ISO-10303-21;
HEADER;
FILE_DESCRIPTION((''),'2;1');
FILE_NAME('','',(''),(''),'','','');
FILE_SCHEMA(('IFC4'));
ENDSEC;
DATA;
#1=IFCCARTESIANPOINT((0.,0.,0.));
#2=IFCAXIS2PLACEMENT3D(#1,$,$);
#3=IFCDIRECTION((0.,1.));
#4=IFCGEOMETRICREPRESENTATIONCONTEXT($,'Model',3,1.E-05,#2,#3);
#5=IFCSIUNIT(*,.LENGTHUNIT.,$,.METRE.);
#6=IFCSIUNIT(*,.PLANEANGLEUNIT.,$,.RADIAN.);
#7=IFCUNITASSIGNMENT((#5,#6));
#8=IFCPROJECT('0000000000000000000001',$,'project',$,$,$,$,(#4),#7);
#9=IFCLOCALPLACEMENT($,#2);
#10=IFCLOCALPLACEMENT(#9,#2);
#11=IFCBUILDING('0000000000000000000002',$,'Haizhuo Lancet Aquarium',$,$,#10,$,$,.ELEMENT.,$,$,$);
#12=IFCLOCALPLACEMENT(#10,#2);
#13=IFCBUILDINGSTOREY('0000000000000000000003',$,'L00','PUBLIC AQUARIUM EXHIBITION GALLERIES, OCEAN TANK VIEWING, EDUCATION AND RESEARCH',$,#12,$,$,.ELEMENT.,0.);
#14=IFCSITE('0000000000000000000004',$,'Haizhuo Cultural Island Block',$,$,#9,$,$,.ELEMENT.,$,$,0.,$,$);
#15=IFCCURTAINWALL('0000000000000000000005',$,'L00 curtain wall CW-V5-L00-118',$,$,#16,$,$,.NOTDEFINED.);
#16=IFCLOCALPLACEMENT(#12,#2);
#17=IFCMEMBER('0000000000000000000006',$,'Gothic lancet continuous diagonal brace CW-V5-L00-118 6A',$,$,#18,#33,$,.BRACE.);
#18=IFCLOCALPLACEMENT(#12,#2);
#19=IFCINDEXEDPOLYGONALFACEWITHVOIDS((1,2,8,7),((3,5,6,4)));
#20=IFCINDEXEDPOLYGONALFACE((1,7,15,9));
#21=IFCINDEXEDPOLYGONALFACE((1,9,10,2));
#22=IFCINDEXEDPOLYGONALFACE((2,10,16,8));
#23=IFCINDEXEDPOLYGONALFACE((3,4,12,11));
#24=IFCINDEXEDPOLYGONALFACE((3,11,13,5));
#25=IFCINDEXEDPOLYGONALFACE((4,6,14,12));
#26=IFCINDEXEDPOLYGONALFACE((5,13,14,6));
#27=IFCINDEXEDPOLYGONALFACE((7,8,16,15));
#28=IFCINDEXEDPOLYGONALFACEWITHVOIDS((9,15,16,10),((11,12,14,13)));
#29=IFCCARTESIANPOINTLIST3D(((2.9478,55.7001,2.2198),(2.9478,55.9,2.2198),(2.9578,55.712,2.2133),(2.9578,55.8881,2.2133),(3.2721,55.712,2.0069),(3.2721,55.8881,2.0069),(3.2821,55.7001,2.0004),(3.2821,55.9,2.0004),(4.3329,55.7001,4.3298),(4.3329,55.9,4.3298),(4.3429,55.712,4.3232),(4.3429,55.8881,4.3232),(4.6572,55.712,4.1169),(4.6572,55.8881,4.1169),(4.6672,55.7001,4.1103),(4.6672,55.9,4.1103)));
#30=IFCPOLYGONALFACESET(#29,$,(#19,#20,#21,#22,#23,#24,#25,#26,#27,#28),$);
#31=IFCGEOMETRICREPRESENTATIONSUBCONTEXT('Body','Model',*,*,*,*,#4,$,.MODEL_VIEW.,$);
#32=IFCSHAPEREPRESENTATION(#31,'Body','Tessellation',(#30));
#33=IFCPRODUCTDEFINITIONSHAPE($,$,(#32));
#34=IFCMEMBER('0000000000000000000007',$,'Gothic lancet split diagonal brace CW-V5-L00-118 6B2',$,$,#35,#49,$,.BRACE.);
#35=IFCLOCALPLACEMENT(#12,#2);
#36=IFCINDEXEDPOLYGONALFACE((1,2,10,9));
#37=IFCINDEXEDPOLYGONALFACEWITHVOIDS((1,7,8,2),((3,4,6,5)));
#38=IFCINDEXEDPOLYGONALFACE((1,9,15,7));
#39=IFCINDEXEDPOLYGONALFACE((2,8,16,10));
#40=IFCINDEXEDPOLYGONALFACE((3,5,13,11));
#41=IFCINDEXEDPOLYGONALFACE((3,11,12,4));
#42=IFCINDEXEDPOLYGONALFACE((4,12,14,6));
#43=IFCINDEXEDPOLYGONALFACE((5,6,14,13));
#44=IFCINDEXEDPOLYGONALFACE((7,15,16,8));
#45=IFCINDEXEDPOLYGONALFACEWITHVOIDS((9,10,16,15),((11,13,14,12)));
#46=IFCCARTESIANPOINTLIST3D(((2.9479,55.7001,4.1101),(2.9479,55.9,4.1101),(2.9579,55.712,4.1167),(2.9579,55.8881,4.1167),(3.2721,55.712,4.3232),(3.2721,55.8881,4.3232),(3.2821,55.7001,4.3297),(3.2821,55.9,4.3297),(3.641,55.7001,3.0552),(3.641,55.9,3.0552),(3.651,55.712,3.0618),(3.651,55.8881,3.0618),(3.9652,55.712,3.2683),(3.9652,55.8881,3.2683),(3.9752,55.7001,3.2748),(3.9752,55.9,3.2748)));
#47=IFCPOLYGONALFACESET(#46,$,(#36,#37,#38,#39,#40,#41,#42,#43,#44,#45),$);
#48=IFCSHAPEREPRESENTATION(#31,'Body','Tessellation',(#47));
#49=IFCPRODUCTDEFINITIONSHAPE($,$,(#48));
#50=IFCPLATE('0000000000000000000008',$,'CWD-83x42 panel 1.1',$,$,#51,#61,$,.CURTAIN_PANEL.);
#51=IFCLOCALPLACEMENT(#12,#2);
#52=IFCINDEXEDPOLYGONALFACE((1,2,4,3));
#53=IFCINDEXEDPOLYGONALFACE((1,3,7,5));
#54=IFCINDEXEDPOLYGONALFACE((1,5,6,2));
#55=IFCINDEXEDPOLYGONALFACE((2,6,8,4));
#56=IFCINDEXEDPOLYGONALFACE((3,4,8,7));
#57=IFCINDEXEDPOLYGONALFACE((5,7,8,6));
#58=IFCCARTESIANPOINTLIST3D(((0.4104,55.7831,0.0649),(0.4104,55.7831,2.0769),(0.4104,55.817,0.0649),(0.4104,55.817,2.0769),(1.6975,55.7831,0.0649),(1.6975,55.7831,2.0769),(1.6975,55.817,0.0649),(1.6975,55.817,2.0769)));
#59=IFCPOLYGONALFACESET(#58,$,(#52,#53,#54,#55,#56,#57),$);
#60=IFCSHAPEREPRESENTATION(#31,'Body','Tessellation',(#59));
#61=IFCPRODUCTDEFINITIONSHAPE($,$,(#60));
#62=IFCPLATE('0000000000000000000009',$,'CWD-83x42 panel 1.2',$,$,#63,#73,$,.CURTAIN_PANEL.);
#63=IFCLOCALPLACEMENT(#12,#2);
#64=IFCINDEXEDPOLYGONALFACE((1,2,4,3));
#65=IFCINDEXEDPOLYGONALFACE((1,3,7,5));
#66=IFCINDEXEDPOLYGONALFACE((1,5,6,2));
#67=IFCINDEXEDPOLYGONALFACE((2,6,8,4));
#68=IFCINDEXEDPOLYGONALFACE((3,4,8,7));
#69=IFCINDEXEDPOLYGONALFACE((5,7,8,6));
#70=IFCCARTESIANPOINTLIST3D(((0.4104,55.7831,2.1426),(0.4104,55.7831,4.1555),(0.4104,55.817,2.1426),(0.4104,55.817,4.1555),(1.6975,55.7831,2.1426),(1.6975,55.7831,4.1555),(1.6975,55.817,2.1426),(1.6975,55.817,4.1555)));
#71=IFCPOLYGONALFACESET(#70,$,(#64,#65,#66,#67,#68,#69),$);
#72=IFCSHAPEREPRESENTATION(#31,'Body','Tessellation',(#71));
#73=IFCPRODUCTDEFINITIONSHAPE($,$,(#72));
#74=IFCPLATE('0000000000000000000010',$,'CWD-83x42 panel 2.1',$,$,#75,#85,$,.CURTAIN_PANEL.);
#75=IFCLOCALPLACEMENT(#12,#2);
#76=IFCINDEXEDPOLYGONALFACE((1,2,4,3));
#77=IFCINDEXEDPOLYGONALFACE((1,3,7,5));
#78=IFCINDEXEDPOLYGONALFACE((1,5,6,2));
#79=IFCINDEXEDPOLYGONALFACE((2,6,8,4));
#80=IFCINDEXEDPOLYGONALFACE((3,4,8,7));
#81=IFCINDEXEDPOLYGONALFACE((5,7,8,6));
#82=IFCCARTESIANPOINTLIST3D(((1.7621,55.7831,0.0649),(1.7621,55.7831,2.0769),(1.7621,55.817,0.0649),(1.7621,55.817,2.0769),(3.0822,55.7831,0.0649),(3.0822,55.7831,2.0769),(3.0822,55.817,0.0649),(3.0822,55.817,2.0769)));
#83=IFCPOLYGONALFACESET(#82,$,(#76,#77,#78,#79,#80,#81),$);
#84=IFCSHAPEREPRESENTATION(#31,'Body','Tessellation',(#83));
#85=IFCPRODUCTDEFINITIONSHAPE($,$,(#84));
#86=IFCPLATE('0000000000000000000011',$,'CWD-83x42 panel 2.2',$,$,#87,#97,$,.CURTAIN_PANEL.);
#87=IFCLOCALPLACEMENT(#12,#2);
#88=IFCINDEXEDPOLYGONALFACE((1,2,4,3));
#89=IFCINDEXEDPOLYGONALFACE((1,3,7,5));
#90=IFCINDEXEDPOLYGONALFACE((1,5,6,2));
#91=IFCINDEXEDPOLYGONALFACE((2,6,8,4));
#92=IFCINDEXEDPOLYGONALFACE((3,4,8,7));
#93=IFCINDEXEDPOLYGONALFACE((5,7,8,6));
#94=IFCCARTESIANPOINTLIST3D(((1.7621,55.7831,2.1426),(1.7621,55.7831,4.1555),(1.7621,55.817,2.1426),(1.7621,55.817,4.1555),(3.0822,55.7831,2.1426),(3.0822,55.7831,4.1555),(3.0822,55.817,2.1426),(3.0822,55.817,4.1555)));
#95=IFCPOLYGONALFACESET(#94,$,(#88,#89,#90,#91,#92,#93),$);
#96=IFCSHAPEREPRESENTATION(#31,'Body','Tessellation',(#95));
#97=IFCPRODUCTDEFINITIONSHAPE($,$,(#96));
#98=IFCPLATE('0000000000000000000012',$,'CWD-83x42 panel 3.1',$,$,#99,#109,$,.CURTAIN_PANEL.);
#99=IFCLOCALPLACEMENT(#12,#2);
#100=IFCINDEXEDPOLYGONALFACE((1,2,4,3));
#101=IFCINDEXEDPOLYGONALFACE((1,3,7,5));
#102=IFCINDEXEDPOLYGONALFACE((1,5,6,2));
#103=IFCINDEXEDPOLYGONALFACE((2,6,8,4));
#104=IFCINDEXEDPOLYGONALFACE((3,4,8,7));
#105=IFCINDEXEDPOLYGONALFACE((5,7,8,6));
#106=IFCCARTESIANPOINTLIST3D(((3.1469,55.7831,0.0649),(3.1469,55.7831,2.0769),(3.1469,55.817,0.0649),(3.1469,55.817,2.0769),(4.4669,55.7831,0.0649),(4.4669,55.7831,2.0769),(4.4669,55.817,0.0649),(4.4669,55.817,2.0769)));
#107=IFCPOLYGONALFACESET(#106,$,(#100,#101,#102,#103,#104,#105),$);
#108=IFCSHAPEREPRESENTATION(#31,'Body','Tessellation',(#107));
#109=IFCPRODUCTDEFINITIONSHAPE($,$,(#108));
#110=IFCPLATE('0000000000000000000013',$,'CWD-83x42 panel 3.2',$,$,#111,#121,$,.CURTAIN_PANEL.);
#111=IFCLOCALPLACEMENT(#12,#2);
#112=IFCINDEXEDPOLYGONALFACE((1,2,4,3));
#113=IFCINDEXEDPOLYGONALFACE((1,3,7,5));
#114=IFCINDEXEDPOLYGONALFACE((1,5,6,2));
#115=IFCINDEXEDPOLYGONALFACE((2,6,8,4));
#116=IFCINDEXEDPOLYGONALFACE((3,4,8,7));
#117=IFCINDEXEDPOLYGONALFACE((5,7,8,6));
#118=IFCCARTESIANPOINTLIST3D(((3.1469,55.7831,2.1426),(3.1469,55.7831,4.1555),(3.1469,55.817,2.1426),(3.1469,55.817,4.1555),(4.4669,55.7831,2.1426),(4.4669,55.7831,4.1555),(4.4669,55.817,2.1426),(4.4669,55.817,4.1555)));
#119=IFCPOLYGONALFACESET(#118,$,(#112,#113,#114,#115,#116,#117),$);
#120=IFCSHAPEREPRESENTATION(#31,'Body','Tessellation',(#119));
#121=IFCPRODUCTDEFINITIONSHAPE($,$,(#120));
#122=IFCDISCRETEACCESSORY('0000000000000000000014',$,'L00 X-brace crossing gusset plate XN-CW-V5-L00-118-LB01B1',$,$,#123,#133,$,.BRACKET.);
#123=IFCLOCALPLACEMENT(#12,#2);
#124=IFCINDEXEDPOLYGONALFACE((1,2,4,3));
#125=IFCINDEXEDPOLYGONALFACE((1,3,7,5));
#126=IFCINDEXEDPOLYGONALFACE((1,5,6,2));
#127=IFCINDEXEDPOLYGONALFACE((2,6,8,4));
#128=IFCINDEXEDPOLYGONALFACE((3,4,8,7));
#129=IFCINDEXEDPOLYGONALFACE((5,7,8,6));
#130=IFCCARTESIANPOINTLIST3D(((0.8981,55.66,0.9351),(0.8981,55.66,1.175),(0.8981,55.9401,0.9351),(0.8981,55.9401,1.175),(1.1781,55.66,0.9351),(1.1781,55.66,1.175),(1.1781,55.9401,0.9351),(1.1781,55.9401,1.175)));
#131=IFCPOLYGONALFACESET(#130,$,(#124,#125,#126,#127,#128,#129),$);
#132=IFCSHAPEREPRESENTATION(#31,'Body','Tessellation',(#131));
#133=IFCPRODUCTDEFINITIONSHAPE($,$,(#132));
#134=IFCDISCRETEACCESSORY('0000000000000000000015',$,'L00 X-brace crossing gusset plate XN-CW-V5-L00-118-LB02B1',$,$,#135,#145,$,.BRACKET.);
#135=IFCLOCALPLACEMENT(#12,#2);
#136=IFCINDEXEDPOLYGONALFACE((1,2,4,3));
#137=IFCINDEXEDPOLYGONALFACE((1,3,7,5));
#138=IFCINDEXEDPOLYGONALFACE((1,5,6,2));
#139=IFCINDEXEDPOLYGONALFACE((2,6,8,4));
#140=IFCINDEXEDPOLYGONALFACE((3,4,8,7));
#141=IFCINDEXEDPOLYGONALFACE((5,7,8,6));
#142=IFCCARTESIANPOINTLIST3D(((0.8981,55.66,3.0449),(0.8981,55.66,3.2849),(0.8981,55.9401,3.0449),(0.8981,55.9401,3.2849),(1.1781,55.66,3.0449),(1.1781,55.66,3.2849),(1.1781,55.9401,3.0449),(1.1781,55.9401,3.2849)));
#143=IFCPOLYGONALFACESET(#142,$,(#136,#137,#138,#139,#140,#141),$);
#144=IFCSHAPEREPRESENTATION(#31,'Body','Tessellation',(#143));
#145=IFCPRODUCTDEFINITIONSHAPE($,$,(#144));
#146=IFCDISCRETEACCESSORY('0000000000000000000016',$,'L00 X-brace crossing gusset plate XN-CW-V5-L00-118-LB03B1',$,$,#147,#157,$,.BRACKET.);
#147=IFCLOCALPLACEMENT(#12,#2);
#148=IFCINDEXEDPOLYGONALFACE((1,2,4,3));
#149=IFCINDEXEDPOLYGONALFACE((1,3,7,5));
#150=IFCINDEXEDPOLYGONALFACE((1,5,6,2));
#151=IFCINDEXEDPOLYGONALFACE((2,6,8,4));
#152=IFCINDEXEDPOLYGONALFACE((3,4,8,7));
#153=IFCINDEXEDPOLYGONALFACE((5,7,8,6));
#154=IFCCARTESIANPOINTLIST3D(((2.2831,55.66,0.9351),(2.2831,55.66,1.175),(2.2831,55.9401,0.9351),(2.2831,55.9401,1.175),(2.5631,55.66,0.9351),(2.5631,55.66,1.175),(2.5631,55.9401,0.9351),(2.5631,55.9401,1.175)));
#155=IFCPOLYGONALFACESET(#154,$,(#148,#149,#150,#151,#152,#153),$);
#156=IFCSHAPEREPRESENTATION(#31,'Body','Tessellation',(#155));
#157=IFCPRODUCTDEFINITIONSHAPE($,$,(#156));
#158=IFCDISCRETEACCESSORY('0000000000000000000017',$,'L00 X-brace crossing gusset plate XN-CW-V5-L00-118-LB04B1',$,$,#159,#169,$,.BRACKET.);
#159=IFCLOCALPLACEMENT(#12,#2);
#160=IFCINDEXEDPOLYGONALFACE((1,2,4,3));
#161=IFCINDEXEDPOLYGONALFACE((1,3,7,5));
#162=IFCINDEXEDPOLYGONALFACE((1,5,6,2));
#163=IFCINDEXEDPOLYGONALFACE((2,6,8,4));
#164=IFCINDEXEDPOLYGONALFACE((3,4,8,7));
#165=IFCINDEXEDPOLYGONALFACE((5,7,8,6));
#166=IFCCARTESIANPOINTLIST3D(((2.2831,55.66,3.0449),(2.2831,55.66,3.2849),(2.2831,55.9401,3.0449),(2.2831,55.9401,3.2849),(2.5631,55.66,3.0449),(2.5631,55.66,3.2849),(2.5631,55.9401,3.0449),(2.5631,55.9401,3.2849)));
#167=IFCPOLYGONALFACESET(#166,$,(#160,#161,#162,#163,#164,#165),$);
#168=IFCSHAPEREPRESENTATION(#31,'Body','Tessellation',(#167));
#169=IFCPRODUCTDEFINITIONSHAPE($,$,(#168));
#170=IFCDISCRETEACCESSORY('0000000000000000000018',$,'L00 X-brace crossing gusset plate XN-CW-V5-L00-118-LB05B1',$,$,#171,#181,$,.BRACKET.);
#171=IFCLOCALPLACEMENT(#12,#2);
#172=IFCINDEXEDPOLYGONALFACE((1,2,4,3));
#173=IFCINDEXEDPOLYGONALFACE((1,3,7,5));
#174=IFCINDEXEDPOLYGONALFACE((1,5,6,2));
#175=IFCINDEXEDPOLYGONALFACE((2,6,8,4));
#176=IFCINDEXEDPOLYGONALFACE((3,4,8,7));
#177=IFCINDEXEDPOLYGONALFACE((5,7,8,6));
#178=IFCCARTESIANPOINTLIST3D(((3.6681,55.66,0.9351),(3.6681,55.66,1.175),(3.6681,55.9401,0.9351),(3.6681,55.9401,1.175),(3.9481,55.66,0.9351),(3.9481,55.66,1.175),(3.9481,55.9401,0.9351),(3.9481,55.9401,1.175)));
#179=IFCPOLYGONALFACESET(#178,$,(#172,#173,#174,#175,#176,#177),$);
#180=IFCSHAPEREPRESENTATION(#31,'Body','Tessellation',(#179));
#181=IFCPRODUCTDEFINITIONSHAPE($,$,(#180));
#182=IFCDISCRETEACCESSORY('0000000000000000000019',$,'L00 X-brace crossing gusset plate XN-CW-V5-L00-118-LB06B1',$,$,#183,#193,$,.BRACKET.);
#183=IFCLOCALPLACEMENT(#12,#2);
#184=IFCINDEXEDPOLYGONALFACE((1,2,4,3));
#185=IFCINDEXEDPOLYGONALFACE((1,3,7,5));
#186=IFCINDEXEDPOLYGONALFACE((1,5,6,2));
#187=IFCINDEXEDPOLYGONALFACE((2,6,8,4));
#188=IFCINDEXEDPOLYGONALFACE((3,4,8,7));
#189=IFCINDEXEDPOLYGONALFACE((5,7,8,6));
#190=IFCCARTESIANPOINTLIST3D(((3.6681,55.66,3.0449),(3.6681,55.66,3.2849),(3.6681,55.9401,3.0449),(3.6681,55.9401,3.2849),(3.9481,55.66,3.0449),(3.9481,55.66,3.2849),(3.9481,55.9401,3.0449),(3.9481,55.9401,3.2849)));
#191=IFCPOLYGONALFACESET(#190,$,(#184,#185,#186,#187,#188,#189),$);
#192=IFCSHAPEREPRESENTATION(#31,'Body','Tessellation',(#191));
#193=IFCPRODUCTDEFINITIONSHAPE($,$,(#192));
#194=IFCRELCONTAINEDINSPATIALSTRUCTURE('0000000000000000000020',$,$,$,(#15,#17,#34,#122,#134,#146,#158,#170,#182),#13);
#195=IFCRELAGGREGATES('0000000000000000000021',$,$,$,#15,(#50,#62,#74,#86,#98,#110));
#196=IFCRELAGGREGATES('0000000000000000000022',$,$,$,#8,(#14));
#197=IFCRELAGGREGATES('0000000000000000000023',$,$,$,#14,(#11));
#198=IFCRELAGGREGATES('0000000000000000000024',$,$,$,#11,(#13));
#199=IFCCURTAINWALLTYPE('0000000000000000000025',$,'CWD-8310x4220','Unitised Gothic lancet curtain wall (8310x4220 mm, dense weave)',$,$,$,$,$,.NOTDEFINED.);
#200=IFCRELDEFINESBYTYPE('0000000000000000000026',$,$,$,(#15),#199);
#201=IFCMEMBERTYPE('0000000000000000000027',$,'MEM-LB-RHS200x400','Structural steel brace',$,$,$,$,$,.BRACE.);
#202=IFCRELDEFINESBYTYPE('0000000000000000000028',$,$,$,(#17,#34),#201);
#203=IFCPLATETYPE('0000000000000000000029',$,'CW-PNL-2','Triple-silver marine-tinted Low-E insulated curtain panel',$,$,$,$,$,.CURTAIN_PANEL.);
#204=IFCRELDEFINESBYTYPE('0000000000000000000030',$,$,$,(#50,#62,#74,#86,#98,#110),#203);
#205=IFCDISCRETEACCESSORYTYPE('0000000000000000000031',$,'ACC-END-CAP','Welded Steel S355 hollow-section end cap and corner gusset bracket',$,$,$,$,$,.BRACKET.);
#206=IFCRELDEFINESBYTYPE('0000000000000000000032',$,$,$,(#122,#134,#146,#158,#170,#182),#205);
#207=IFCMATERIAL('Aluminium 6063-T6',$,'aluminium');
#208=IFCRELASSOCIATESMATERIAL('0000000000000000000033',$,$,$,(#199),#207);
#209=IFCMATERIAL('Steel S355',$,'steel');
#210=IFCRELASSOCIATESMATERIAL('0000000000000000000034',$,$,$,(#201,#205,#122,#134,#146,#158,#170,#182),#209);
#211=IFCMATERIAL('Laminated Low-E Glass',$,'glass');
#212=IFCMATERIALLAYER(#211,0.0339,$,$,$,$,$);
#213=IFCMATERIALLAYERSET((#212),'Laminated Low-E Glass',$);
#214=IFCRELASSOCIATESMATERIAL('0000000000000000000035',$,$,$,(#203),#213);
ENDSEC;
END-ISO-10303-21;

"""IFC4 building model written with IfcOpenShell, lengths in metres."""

from ifc_helpers import new_model, si_unit, direction, frame, origin, origin_2d, place, context, subcontext, project, spatial, rectangle, hollow_rectangle, extrude, material, layer, layer_set, material_profile, profile_set, type_object, element, aggregate, save


model = new_model("IFC4")

# Units and contexts
model_context = context("Model", 3, precision=1e-05, world=origin(), true_north=direction((0.0, 1.0)))
body_context = subcontext(model_context, "Body", "Model", "MODEL_VIEW")
ifc_project = project(units=[si_unit("LENGTHUNIT", "METRE"), si_unit("PLANEANGLEUNIT", "RADIAN")], contexts=[model_context])

# Site, building, storey
site_placement = place(None, origin())
site = spatial("IfcSite", under=ifc_project, at=site_placement, Name="Haizhuo Cultural Island Block", CompositionType="ELEMENT", RefElevation=0.0)
building_placement = place(site_placement, origin())
building = spatial("IfcBuilding", under=site, at=building_placement, Name="Haizhuo Lancet Aquarium", CompositionType="ELEMENT")
storey_placement = place(building_placement, origin())
storey = spatial("IfcBuildingStorey", under=building, at=storey_placement, Name="L00", Description="PUBLIC AQUARIUM EXHIBITION GALLERIES, OCEAN TANK VIEWING, EDUCATION AND RESEARCH", CompositionType="ELEMENT", Elevation=0.0)

# Curtain wall
ifc_material_1 = material(Name="Aluminium 6063-T6", Category="aluminium")
curtain_wall_type = type_object("IfcCurtainWallType", Name="CWD-8310x4220", Description="Unitised Gothic lancet curtain wall (8310x4220 mm, dense weave)", PredefinedType="NOTDEFINED", material=ifc_material_1)
curtain_wall_placement = place(storey_placement, origin())
curtain_wall = element("IfcCurtainWall", 1, at=curtain_wall_placement, inside=storey, type_object=curtain_wall_type, Name="L00 curtain wall CW-V5-L00-118", PredefinedType="NOTDEFINED")

# Members
ifc_material_2 = material(Name="Steel S355", Category="steel")
ifc_material_profile_1 = material_profile(ifc_material_2, hollow_rectangle(XDim=0.2, YDim=0.3999, WallThickness=0.012, at=origin_2d()), Name="RHS 200x400x12")
ifc_profile_set_1 = profile_set([ifc_material_profile_1], Name="Steel S355")
member_type_1 = type_object("IfcMemberType", Name="MEM-LB-RHS200x400", Description="Structural steel brace", PredefinedType="BRACE", material=ifc_profile_set_1)
member_1_placement = place(storey_placement, frame((3.115, 55.8, 2.1101), z_axis=(0.548771, 0.0, 0.835973), x_axis=(0.0, 1.0, 0.0)))
element("IfcMember", 2, at=member_1_placement, inside=storey, type_object=member_type_1, Name="Gothic lancet continuous diagonal brace CW-V5-L00-118 6A", PredefinedType="BRACE", context=body_context, shape_type="SweptSolid", body=[
    extrude(hollow_rectangle(XDim=0.2, YDim=0.3999, WallThickness=0.012, at=origin_2d()), origin(), (0.0, 0.0, 1.0), 2.5239),
])
member_2_placement = place(storey_placement, frame((3.8081, 55.8, 3.165), z_axis=(-0.549108, 0.0, 0.835751), x_axis=(0.0, -1.0, 0.0)))
element("IfcMember", 3, at=member_2_placement, inside=storey, type_object=member_type_1, Name="Gothic lancet split diagonal brace CW-V5-L00-118 6B2", PredefinedType="BRACE", context=body_context, shape_type="SweptSolid", body=[
    extrude(hollow_rectangle(XDim=0.2, YDim=0.3999, WallThickness=0.012, at=origin_2d()), origin(), (0.0, 0.0, 1.0), 1.2622),
])

# Plates
ifc_material_3 = material(Name="Laminated Low-E Glass", Category="glass")
ifc_layer = layer(ifc_material_3, 0.0339)
ifc_layer_set = layer_set([ifc_layer], Name="Laminated Low-E Glass")
plate_type = type_object("IfcPlateType", Name="CW-PNL-2", Description="Triple-silver marine-tinted Low-E insulated curtain panel", PredefinedType="CURTAIN_PANEL", material=ifc_layer_set)
plate_1_placement = place(storey_placement, frame((1.054, 55.8, 0.0649), z_axis=(0.0, 0.0, 1.0), x_axis=(1.0, 0.0, 0.0)))
plate_1 = element("IfcPlate", 4, at=plate_1_placement, type_object=plate_type, Name="CWD-83x42 panel 1.1", PredefinedType="CURTAIN_PANEL", context=body_context, shape_type="SweptSolid", body=[
    extrude(rectangle(XDim=1.2871, YDim=0.0339, at=origin_2d()), origin(), (0.0, 0.0, 1.0), 2.012),
])
plate_2_placement = place(storey_placement, frame((1.054, 55.8, 2.1426), z_axis=(0.0, 0.0, 1.0), x_axis=(1.0, 0.0, 0.0)))
plate_2 = element("IfcPlate", 5, at=plate_2_placement, type_object=plate_type, Name="CWD-83x42 panel 1.2", PredefinedType="CURTAIN_PANEL", context=body_context, shape_type="SweptSolid", body=[
    extrude(rectangle(XDim=1.2871, YDim=0.0339, at=origin_2d()), origin(), (0.0, 0.0, 1.0), 2.0129),
])
plate_3_placement = place(storey_placement, frame((2.4221, 55.8, 0.0649), z_axis=(0.0, 0.0, 1.0), x_axis=(1.0, 0.0, 0.0)))
plate_3 = element("IfcPlate", 6, at=plate_3_placement, type_object=plate_type, Name="CWD-83x42 panel 2.1", PredefinedType="CURTAIN_PANEL", context=body_context, shape_type="SweptSolid", body=[
    extrude(rectangle(XDim=1.3201, YDim=0.0339, at=origin_2d()), origin(), (0.0, 0.0, 1.0), 2.012),
])
plate_4_placement = place(storey_placement, frame((2.4221, 55.8, 2.1426), z_axis=(0.0, 0.0, 1.0), x_axis=(1.0, 0.0, 0.0)))
plate_4 = element("IfcPlate", 7, at=plate_4_placement, type_object=plate_type, Name="CWD-83x42 panel 2.2", PredefinedType="CURTAIN_PANEL", context=body_context, shape_type="SweptSolid", body=[
    extrude(rectangle(XDim=1.3201, YDim=0.0339, at=origin_2d()), origin(), (0.0, 0.0, 1.0), 2.0129),
])
plate_5_placement = place(storey_placement, frame((3.8069, 55.8, 0.0649), z_axis=(0.0, 0.0, 1.0), x_axis=(1.0, 0.0, 0.0)))
plate_5 = element("IfcPlate", 8, at=plate_5_placement, type_object=plate_type, Name="CWD-83x42 panel 3.1", PredefinedType="CURTAIN_PANEL", context=body_context, shape_type="SweptSolid", body=[
    extrude(rectangle(XDim=1.3201, YDim=0.0339, at=origin_2d()), origin(), (0.0, 0.0, 1.0), 2.012),
])
plate_6_placement = place(storey_placement, frame((3.8069, 55.8, 2.1426), z_axis=(0.0, 0.0, 1.0), x_axis=(1.0, 0.0, 0.0)))
plate_6 = element("IfcPlate", 9, at=plate_6_placement, type_object=plate_type, Name="CWD-83x42 panel 3.2", PredefinedType="CURTAIN_PANEL", context=body_context, shape_type="SweptSolid", body=[
    extrude(rectangle(XDim=1.3201, YDim=0.0339, at=origin_2d()), origin(), (0.0, 0.0, 1.0), 2.0129),
])
aggregate(curtain_wall, [plate_1, plate_2, plate_3, plate_4, plate_5, plate_6])

# Discrete accessories
discrete_accessory_type = type_object("IfcDiscreteAccessoryType", Name="ACC-END-CAP", Description="Welded Steel S355 hollow-section end cap and corner gusset bracket", PredefinedType="BRACKET", material=ifc_material_2)
for number, where, z_axis, x_axis, name in (
    (10, (1.0381, 55.8, 0.9351), (0.0, 0.0, 1.0), (1.0, 0.0, 0.0), "L00 X-brace crossing gusset plate XN-CW-V5-L00-118-LB01B1"),
    (11, (1.0381, 55.8, 3.0449), (0.0, 0.0, 1.0), (1.0, 0.0, 0.0), "L00 X-brace crossing gusset plate XN-CW-V5-L00-118-LB02B1"),
    (12, (2.4231, 55.8, 0.9351), (0.0, 0.0, 1.0), (1.0, 0.0, 0.0), "L00 X-brace crossing gusset plate XN-CW-V5-L00-118-LB03B1"),
    (13, (2.4231, 55.8, 3.0449), (0.0, 0.0, 1.0), (1.0, 0.0, 0.0), "L00 X-brace crossing gusset plate XN-CW-V5-L00-118-LB04B1"),
    (14, (3.8081, 55.8, 0.9351), (0.0, 0.0, 1.0), (1.0, 0.0, 0.0), "L00 X-brace crossing gusset plate XN-CW-V5-L00-118-LB05B1"),
    (15, (3.8081, 55.8, 3.0449), (0.0, 0.0, 1.0), (1.0, 0.0, 0.0), "L00 X-brace crossing gusset plate XN-CW-V5-L00-118-LB06B1"),
):
    element("IfcDiscreteAccessory", number, at=place(storey_placement, frame(where, z_axis=z_axis, x_axis=x_axis)), inside=storey, type_object=discrete_accessory_type, material=ifc_material_2, Name=name, PredefinedType="BRACKET", context=body_context, shape_type="SweptSolid", body=[
        extrude(rectangle(XDim=0.28, YDim=0.28, at=origin_2d()), origin(), (0.0, 0.0, 1.0), 0.24),
    ])

save(model, "model.ifc")
